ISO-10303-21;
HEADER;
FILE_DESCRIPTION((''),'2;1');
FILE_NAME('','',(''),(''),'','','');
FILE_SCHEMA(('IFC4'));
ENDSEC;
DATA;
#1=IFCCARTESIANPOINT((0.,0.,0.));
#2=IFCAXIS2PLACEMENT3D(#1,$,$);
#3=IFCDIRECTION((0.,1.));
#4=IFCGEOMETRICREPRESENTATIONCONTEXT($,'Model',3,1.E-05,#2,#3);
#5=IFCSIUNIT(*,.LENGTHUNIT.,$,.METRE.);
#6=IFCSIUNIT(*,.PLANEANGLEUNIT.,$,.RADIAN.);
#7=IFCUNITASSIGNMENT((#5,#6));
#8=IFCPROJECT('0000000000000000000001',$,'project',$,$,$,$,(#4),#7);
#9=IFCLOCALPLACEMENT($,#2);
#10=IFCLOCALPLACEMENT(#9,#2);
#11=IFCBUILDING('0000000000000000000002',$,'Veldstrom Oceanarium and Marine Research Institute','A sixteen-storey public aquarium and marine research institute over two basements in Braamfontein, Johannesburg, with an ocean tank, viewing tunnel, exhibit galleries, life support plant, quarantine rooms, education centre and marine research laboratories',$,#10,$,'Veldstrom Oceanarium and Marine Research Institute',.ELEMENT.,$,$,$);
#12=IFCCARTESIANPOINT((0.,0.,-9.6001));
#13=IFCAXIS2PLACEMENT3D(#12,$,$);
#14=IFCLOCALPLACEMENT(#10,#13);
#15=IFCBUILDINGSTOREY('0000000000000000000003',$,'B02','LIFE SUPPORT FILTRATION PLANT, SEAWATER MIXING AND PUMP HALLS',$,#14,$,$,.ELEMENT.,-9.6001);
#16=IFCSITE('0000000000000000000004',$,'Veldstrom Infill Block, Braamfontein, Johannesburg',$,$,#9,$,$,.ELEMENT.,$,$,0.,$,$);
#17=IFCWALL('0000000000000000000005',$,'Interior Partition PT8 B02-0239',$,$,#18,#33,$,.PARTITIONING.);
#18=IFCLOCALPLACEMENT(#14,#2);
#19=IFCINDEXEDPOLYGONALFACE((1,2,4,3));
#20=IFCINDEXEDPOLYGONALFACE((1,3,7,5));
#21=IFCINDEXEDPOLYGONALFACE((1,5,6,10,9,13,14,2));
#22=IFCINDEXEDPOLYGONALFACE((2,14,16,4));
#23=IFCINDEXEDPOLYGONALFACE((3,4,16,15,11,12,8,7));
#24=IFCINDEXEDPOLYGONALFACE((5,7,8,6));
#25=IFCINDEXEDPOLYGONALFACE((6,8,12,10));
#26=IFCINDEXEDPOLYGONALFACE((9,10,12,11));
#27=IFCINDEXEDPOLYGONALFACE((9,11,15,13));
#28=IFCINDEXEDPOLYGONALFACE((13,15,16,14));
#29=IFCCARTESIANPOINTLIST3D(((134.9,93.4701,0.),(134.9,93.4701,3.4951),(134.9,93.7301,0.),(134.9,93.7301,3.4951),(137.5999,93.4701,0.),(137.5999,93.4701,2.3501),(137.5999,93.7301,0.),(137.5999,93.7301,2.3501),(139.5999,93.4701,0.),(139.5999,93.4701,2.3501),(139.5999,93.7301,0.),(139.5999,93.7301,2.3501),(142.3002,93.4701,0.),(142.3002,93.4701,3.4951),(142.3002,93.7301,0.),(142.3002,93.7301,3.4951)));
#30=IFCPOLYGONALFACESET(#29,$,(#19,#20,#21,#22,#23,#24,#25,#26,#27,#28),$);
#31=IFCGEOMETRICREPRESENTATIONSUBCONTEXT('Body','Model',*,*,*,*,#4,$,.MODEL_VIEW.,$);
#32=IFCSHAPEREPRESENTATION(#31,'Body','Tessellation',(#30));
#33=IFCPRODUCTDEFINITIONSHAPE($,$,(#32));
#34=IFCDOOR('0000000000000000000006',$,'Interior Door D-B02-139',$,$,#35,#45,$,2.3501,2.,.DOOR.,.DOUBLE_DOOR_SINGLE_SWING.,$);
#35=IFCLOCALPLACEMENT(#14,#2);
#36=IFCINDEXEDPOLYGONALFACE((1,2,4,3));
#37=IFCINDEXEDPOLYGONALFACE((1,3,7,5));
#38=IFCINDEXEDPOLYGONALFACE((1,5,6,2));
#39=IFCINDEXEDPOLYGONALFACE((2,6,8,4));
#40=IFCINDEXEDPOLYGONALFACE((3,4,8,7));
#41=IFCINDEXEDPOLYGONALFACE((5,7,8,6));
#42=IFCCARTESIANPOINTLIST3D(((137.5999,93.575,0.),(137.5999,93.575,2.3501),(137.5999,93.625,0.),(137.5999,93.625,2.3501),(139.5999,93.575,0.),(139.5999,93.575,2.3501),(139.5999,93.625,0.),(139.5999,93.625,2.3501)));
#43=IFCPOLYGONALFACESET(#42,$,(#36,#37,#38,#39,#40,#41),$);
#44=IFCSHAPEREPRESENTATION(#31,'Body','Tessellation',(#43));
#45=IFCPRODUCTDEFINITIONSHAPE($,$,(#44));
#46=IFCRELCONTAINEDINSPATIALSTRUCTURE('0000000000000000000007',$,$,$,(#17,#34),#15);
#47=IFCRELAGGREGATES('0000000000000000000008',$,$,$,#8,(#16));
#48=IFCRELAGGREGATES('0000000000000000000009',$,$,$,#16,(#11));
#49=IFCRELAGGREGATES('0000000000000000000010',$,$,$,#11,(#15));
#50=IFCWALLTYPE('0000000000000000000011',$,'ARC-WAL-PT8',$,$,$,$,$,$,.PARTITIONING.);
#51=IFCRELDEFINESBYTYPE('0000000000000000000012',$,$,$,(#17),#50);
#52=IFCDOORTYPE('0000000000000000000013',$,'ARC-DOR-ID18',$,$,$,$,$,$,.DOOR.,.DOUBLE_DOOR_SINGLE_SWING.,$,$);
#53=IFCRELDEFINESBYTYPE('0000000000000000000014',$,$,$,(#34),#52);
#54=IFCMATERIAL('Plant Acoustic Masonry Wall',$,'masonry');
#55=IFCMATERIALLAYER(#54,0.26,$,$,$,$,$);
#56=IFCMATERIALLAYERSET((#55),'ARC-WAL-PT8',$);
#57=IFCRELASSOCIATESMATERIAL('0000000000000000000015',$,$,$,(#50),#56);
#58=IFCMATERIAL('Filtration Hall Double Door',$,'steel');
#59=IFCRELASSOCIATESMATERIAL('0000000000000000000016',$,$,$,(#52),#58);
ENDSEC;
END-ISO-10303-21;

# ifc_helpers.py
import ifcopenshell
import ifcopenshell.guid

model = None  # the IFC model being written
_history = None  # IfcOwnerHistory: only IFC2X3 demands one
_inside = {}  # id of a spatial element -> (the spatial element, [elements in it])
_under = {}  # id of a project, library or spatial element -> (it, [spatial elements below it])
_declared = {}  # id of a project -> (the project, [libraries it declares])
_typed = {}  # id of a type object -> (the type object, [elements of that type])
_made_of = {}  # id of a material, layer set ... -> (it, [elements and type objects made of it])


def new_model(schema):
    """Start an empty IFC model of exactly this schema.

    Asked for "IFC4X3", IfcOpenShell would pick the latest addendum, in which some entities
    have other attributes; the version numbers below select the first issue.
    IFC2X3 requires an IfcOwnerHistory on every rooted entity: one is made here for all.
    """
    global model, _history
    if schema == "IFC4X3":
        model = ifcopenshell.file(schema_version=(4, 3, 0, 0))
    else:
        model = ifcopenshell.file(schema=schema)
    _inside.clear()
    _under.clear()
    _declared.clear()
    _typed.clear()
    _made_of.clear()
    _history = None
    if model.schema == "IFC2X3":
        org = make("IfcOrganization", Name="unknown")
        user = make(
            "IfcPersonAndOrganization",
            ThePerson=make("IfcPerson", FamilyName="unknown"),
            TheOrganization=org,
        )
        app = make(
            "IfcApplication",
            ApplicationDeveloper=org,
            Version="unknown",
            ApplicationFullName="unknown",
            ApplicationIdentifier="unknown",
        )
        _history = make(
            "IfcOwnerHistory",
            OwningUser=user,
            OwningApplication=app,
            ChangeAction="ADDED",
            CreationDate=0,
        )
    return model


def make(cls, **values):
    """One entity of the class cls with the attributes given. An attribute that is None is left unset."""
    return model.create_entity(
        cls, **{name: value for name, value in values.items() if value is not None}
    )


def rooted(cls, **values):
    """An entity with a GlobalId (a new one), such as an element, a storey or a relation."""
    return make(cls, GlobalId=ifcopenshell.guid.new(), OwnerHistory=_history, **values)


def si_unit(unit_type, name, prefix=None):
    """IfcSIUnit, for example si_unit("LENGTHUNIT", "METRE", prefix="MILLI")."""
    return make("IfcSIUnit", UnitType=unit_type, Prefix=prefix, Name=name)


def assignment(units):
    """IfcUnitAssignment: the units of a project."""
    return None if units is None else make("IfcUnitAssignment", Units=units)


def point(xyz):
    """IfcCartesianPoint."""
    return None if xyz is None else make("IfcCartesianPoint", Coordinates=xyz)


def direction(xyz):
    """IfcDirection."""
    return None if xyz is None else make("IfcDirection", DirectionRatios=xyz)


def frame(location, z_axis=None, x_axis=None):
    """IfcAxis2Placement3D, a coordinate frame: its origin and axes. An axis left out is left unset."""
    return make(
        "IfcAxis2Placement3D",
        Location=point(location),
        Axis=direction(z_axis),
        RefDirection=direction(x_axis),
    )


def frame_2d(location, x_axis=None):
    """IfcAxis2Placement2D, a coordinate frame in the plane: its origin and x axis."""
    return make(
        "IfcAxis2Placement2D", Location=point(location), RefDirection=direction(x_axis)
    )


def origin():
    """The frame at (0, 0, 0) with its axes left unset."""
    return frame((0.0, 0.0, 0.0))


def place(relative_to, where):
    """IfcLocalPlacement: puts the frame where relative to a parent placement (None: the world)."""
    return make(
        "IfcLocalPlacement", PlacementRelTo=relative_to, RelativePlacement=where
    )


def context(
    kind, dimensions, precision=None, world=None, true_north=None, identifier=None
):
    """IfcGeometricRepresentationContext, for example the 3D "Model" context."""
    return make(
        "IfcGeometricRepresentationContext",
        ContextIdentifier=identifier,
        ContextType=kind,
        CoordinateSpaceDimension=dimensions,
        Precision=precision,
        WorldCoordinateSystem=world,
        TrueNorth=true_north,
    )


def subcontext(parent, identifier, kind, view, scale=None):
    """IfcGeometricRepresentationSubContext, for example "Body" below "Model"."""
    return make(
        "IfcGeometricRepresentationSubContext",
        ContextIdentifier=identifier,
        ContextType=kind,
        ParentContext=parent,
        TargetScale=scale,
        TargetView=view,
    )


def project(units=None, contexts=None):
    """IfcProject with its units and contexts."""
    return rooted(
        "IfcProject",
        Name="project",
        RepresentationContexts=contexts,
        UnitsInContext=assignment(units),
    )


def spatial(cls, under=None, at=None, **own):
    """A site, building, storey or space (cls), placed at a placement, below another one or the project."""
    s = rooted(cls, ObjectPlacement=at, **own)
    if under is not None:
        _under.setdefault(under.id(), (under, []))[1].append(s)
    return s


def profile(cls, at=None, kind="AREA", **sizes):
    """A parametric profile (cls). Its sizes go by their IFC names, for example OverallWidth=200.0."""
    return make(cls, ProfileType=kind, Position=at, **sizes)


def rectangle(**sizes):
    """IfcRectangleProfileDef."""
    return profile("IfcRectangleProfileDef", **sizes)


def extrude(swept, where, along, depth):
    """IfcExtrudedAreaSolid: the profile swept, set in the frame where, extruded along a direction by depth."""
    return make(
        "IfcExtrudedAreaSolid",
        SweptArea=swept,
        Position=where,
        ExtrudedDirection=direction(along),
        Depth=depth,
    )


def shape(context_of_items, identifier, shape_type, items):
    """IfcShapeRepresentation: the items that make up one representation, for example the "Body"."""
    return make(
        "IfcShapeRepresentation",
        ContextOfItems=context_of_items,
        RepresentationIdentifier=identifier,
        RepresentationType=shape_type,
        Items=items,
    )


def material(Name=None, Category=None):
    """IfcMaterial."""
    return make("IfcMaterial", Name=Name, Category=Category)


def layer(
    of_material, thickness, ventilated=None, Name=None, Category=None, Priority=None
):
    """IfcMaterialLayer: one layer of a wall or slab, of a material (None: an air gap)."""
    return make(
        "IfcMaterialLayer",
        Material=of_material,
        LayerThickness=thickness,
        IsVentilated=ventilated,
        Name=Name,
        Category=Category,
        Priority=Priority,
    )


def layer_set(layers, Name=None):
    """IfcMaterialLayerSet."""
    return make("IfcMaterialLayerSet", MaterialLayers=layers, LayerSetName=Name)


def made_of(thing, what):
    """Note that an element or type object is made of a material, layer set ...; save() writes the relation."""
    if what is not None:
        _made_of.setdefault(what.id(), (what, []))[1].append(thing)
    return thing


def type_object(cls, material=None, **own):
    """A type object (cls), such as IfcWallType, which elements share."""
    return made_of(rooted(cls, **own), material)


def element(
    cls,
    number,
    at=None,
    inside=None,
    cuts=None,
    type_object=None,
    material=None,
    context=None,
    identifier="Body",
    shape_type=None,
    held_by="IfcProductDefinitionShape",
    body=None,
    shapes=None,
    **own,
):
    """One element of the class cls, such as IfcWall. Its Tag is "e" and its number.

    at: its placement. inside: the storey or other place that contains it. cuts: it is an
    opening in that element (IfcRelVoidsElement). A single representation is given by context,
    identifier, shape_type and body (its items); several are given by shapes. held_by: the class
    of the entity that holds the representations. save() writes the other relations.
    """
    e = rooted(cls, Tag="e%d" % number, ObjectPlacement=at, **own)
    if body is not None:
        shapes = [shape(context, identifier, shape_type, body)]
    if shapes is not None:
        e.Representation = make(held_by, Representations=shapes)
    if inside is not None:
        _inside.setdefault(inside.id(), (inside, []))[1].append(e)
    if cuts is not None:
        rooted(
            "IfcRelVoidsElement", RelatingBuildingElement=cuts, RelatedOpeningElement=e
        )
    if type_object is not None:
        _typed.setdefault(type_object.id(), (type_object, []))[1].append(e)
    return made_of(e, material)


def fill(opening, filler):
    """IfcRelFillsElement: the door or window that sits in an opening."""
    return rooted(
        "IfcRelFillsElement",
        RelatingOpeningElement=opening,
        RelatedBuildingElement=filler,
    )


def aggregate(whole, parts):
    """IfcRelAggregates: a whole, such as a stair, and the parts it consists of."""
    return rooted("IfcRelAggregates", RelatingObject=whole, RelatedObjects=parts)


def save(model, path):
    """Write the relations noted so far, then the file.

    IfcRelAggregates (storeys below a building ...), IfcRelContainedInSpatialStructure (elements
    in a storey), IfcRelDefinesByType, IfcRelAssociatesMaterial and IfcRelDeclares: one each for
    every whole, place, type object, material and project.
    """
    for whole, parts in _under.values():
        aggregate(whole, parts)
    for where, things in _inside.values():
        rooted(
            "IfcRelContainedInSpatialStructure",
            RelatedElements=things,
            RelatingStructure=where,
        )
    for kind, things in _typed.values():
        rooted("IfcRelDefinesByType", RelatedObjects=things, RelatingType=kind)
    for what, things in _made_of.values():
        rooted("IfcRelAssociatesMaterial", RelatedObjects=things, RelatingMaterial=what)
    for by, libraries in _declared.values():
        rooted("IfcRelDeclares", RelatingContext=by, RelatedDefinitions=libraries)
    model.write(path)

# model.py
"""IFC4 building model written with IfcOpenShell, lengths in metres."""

from ifc_helpers import new_model, si_unit, direction, frame, frame_2d, origin, place, context, subcontext, project, spatial, rectangle, extrude, material, layer, layer_set, type_object, element, fill, save


model = new_model("IFC4")

# Units and contexts
model_context = context("Model", 3, precision=1e-05, world=origin(), true_north=direction((0.0, 1.0)))
body_context = subcontext(model_context, "Body", "Model", "MODEL_VIEW")
ifc_project = project(units=[si_unit("LENGTHUNIT", "METRE"), si_unit("PLANEANGLEUNIT", "RADIAN")], contexts=[model_context])

# Site, building, storey
site_placement = place(None, origin())
site = spatial("IfcSite", under=ifc_project, at=site_placement, Name="Veldstrom Infill Block, Braamfontein, Johannesburg", CompositionType="ELEMENT", RefElevation=0.0)
building_placement = place(site_placement, origin())
building = spatial("IfcBuilding", under=site, at=building_placement, Name="Veldstrom Oceanarium and Marine Research Institute", Description="A sixteen-storey public aquarium and marine research institute over two basements in Braamfontein, Johannesburg, with an ocean tank, viewing tunnel, exhibit galleries, life support plant, quarantine rooms, education centre and marine research laboratories", LongName="Veldstrom Oceanarium and Marine Research Institute", CompositionType="ELEMENT")
storey_placement = place(building_placement, frame((0.0, 0.0, -9.6001)))
storey = spatial("IfcBuildingStorey", under=building, at=storey_placement, Name="B02", Description="LIFE SUPPORT FILTRATION PLANT, SEAWATER MIXING AND PUMP HALLS", CompositionType="ELEMENT", Elevation=-9.6001)

# Wall, opening, door
ifc_material_1 = material(Name="Plant Acoustic Masonry Wall", Category="masonry")
ifc_layer_1 = layer(ifc_material_1, 0.26)
ifc_layer_set_1 = layer_set([ifc_layer_1], Name="ARC-WAL-PT8")
wall_type_1 = type_object("IfcWallType", Name="ARC-WAL-PT8", PredefinedType="PARTITIONING", material=ifc_layer_set_1)
ifc_material_2 = material(Name="Filtration Hall Double Door", Category="steel")
door_type_1 = type_object("IfcDoorType", Name="ARC-DOR-ID18", OperationType="DOUBLE_DOOR_SINGLE_SWING", PredefinedType="DOOR", material=ifc_material_2)
wall_1_placement = place(storey_placement, frame((134.8999, 93.6001, 0.0), z_axis=(0.0, 0.0, 1.0), x_axis=(1.0, 0.0, 0.0)))
wall_1 = element("IfcWall", 1, at=wall_1_placement, inside=storey, type_object=wall_type_1, Name="Interior Partition PT8 B02-0239", PredefinedType="PARTITIONING", context=body_context, shape_type="SweptSolid", body=[
    extrude(rectangle(XDim=7.4001, YDim=0.26, at=frame_2d((3.7002, 0.0))), origin(), (0.0, 0.0, 1.0), 3.4951),
])
opening_1_placement = place(wall_1_placement, frame((2.7, 0.0, 0.0)))
opening_1 = element("IfcOpeningElement", 2, at=opening_1_placement, cuts=wall_1, PredefinedType="OPENING", context=body_context, shape_type="SweptSolid", body=[
    extrude(rectangle(XDim=2.0, YDim=2.3501, at=frame_2d((1.0, 1.175))), frame((0.0, 0.1399, 0.0), z_axis=(0.0, -1.0, 0.0), x_axis=(1.0, 0.0, 0.0)), (0.0, 0.0, 1.0), 0.28),
])
door_1_placement = place(opening_1_placement, origin())
door_1 = element("IfcDoor", 3, at=door_1_placement, inside=storey, type_object=door_type_1, Name="Interior Door D-B02-139", OperationType="DOUBLE_DOOR_SINGLE_SWING", OverallHeight=2.3501, OverallWidth=2.0, PredefinedType="DOOR", context=body_context, shape_type="SweptSolid", body=[
    extrude(rectangle(XDim=2.0, YDim=2.3501, at=frame_2d((1.0, 1.175))), frame((0.0, 0.0249, 0.0), z_axis=(0.0, -1.0, 0.0), x_axis=(1.0, 0.0, 0.0)), (0.0, 0.0, 1.0), 0.05),
])
fill(opening_1, door_1)

save(model, "model.ifc")
